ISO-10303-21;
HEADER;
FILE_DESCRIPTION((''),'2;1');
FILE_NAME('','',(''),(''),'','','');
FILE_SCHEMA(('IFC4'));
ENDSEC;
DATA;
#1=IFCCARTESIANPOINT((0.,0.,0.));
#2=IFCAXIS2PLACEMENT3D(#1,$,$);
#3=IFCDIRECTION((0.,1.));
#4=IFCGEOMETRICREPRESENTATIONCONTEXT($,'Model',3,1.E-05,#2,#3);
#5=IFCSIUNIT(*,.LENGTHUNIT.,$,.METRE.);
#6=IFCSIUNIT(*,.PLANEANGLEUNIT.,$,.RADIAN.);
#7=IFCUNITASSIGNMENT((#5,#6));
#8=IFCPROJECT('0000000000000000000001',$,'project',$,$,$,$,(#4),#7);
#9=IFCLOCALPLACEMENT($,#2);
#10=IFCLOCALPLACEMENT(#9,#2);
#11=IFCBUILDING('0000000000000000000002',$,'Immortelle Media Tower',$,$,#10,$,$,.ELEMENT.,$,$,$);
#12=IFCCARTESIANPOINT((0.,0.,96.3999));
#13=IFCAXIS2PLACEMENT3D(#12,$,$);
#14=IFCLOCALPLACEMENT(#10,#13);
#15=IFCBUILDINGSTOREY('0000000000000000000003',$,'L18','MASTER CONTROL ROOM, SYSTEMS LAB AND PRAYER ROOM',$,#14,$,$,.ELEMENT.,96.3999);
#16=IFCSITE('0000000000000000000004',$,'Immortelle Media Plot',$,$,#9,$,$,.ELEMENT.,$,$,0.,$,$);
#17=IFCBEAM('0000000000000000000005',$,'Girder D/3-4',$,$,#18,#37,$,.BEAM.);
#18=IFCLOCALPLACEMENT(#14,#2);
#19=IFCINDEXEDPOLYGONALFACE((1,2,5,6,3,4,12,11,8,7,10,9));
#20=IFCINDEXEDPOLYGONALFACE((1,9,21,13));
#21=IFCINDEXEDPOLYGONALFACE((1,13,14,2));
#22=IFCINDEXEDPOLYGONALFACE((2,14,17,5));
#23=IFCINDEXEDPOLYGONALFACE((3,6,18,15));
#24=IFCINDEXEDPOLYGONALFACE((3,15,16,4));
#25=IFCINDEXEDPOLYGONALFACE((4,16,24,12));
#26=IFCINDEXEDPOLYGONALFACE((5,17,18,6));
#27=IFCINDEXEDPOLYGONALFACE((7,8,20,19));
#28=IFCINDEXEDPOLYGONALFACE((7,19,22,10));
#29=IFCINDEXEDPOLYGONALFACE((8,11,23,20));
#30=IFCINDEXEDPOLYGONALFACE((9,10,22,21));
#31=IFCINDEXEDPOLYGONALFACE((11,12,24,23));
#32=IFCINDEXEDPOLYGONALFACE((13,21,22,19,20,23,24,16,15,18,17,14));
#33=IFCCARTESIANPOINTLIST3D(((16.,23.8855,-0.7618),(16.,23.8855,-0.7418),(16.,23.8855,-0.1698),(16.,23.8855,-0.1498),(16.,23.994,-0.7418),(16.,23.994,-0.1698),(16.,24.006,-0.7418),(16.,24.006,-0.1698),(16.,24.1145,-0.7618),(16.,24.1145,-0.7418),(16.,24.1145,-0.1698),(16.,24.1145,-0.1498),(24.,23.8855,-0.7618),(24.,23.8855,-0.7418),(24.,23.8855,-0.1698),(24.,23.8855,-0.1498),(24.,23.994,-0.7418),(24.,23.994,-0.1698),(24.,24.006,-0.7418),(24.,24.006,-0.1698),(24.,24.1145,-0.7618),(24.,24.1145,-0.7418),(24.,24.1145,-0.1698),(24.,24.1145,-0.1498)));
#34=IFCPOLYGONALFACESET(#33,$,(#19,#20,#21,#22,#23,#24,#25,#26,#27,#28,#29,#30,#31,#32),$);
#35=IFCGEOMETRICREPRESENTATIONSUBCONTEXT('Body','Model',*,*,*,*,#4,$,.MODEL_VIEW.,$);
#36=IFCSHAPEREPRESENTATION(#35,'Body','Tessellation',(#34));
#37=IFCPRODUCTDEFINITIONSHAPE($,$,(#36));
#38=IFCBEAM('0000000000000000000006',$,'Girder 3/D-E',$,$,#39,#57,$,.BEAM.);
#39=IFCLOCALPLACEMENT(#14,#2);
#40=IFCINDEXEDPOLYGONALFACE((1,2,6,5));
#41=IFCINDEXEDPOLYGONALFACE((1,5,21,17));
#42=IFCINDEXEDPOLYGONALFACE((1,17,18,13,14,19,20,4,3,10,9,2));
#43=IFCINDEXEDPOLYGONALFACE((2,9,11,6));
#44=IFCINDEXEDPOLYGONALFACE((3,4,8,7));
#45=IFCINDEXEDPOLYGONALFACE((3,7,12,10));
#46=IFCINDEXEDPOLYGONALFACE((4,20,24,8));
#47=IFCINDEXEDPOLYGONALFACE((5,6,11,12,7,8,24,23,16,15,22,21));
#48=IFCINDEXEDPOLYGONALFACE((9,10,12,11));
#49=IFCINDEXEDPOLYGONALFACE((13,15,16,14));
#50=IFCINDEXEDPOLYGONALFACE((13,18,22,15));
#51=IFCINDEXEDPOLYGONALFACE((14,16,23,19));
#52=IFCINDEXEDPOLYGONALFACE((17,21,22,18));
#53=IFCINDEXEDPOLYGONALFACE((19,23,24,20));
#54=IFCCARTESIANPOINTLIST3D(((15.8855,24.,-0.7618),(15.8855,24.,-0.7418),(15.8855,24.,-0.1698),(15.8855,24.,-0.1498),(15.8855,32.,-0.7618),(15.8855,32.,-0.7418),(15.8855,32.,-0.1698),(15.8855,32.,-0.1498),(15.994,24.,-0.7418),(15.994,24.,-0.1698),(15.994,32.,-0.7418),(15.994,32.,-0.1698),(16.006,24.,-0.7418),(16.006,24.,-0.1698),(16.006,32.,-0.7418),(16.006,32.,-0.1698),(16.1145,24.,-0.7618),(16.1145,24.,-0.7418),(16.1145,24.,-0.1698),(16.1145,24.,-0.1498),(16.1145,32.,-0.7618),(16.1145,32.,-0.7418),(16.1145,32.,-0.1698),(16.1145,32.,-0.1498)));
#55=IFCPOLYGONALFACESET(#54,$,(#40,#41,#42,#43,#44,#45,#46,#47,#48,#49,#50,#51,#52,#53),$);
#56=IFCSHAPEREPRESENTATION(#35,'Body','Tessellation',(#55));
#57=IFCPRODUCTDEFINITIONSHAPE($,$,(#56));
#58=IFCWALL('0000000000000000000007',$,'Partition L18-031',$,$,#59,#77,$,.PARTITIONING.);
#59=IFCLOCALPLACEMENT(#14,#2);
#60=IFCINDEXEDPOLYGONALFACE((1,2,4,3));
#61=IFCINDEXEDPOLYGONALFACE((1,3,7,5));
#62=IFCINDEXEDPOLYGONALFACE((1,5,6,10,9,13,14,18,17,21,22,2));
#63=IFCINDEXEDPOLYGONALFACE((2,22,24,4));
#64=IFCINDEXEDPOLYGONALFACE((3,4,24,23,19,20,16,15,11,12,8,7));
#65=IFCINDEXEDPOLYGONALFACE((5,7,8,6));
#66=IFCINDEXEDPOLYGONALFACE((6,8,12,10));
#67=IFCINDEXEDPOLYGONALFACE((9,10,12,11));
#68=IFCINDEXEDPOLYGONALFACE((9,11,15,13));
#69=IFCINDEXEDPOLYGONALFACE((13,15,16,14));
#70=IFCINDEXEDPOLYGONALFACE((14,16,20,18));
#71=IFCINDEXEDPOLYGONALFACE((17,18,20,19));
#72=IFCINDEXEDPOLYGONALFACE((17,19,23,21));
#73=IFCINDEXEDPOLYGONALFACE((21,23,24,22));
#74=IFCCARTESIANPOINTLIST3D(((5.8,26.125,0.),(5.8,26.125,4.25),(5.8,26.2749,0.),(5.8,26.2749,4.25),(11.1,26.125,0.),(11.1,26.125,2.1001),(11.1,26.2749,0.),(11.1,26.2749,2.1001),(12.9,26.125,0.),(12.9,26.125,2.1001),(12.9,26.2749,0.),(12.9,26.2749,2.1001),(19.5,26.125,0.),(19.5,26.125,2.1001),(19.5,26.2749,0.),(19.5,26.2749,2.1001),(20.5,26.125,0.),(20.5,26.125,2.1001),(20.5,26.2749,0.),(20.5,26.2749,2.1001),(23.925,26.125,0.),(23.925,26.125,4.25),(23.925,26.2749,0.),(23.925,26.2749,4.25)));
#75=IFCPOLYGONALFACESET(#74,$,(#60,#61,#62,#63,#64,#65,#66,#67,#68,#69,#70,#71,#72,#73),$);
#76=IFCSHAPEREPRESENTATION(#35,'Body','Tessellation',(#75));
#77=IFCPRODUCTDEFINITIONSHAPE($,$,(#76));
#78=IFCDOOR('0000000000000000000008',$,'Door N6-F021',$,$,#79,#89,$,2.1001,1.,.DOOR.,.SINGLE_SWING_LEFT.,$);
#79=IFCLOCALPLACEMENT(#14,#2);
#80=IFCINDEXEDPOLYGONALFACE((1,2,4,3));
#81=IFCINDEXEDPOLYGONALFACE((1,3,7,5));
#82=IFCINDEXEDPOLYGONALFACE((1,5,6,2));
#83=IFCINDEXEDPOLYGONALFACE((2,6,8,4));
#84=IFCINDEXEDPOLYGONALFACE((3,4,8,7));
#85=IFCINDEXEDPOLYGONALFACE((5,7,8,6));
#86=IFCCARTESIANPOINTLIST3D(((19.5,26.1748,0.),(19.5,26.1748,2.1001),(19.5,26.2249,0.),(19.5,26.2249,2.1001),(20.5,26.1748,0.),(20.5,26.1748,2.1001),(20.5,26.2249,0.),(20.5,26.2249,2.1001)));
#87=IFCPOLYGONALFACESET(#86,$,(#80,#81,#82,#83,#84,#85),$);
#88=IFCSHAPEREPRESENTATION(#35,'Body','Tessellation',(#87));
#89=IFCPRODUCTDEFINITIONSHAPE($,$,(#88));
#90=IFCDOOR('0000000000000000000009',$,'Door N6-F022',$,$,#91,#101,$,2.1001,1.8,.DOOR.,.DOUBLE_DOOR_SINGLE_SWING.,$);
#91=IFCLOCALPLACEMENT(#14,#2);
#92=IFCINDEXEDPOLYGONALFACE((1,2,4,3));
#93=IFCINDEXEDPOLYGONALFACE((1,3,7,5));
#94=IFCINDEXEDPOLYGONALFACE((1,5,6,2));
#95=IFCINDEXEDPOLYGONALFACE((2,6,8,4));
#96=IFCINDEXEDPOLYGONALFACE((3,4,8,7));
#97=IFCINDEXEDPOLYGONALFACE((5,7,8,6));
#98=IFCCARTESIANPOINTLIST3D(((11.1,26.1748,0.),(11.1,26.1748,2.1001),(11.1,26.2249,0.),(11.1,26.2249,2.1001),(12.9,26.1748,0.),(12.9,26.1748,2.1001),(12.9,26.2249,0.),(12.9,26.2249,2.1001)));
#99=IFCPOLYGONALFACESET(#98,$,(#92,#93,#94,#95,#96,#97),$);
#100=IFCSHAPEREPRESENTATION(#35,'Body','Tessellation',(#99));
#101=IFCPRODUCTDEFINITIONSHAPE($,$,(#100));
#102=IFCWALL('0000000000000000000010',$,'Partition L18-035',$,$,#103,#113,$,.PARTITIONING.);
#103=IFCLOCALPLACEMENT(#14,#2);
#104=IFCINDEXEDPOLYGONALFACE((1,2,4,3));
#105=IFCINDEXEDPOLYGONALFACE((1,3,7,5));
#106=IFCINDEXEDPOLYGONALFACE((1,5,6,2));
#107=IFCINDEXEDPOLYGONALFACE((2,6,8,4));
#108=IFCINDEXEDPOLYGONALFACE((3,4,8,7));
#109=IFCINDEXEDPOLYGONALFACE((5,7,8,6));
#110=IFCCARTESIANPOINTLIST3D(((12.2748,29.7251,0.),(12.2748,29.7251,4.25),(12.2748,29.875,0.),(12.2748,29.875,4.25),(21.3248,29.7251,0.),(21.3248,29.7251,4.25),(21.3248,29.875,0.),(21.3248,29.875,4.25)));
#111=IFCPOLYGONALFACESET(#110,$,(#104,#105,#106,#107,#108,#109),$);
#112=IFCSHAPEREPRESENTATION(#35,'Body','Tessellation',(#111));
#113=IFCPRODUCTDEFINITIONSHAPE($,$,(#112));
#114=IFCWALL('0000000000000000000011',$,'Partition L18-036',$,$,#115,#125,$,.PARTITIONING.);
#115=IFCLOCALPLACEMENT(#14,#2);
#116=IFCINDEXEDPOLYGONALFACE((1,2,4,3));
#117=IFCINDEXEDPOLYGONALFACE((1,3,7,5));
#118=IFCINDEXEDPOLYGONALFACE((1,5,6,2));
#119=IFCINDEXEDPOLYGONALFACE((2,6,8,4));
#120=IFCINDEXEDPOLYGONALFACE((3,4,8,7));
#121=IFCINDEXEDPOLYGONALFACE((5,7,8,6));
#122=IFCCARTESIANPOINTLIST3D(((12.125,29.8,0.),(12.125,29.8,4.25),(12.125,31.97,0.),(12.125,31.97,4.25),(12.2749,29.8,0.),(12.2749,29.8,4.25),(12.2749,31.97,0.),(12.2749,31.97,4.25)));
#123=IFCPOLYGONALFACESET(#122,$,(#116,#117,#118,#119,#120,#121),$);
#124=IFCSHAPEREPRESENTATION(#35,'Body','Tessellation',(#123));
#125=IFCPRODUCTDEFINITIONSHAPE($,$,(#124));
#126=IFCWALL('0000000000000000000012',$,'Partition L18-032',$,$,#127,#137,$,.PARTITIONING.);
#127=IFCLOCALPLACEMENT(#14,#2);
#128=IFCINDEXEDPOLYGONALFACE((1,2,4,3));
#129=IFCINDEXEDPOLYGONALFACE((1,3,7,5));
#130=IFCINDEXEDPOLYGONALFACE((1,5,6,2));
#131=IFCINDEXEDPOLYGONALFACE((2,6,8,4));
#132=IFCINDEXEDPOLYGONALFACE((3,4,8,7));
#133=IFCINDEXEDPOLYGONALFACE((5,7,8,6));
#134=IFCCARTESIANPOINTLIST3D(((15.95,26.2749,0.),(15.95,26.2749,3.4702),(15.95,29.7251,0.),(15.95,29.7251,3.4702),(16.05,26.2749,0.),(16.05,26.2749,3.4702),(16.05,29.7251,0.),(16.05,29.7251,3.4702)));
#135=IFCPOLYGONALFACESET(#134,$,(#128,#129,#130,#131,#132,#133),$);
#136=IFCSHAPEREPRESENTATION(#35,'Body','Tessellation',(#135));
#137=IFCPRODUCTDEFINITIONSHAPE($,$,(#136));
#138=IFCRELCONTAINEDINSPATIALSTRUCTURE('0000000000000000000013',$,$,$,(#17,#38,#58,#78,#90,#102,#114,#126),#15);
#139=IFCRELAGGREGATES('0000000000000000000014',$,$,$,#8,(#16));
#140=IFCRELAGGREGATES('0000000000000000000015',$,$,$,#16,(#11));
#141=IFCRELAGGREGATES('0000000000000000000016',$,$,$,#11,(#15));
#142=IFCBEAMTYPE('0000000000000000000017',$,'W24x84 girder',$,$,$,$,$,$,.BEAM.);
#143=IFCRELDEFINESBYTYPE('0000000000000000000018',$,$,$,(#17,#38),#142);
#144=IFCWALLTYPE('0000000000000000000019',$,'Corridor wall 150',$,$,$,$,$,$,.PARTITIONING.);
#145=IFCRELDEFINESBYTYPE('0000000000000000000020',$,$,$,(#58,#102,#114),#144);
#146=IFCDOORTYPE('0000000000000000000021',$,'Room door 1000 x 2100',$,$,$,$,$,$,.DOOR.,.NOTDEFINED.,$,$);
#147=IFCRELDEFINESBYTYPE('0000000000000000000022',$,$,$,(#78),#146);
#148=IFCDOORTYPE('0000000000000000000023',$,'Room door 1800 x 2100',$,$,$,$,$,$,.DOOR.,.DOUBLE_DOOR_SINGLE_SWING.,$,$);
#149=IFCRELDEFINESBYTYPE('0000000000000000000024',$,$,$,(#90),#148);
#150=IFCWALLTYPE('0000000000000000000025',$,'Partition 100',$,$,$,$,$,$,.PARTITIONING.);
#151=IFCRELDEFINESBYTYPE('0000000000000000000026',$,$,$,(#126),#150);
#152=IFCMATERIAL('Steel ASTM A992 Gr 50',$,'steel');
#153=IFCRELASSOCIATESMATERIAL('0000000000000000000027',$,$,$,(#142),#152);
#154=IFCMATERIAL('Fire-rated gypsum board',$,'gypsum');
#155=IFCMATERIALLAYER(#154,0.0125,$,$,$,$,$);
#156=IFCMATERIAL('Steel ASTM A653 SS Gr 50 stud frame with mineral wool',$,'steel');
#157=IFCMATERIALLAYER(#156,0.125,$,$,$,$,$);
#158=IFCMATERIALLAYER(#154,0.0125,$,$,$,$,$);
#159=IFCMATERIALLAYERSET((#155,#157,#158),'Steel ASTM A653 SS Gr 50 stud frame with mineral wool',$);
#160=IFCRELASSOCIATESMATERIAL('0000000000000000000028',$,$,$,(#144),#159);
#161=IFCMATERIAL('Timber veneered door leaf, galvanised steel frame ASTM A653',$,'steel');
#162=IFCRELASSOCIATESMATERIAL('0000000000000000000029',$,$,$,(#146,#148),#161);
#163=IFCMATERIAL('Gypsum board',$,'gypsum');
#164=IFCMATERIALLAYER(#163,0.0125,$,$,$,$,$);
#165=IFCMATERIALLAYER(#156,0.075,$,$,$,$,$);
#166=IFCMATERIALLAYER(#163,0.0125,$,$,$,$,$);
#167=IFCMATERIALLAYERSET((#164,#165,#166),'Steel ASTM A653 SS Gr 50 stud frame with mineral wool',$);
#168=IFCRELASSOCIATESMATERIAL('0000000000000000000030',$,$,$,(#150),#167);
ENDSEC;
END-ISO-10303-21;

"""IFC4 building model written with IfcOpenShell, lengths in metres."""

from ifc_helpers import new_model, si_unit, direction, frame, frame_2d, origin, origin_2d, place, context, subcontext, project, spatial, rectangle, i_section, extrude, material, layer, layer_set, material_profile, profile_set, type_object, element, fill, save


model = new_model("IFC4")

# Units and contexts
model_context = context("Model", 3, precision=1e-05, world=origin(), true_north=direction((0.0, 1.0)))
body_context = subcontext(model_context, "Body", "Model", "MODEL_VIEW")
ifc_project = project(units=[si_unit("LENGTHUNIT", "METRE"), si_unit("PLANEANGLEUNIT", "RADIAN")], contexts=[model_context])

# Site, building, storey
site_placement = place(None, origin())
site = spatial("IfcSite", under=ifc_project, at=site_placement, Name="Immortelle Media Plot", CompositionType="ELEMENT", RefElevation=0.0)
building_placement = place(site_placement, origin())
building = spatial("IfcBuilding", under=site, at=building_placement, Name="Immortelle Media Tower", CompositionType="ELEMENT")
storey_placement = place(building_placement, frame((0.0, 0.0, 96.3999)))
storey = spatial("IfcBuildingStorey", under=building, at=storey_placement, Name="L18", Description="MASTER CONTROL ROOM, SYSTEMS LAB AND PRAYER ROOM", CompositionType="ELEMENT", Elevation=96.3999)

# Shared definitions
ifc_material_1 = material(Name="Steel ASTM A992 Gr 50", Category="steel")

# Beams
ifc_material_profile_1 = material_profile(ifc_material_1, i_section(OverallWidth=0.229, OverallDepth=0.6121, WebThickness=0.012, FlangeThickness=0.02, at=origin_2d()), Name="W24x84")
ifc_profile_set_1 = profile_set([ifc_material_profile_1], Name="Steel ASTM A992 Gr 50")
beam_type_1 = type_object("IfcBeamType", Name="W24x84 girder", PredefinedType="BEAM", material=ifc_profile_set_1)
for number, where, z_axis, x_axis, name in (
    (1, (16.0, 24.0, -0.4558), (1.0, 0.0, 0.0), (0.0, 1.0, 0.0), "Girder D/3-4"),
    (2, (16.0, 24.0, -0.4558), (0.0, 1.0, 0.0), (-1.0, 0.0, 0.0), "Girder 3/D-E"),
):
    element("IfcBeam", number, at=place(storey_placement, frame(where, z_axis=z_axis, x_axis=x_axis)), inside=storey, type_object=beam_type_1, Name=name, PredefinedType="BEAM", context=body_context, shape_type="SweptSolid", body=[
        extrude(i_section(OverallWidth=0.229, OverallDepth=0.6121, WebThickness=0.012, FlangeThickness=0.02, at=origin_2d()), origin(), (0.0, 0.0, 1.0), 8.0),
    ])

# Wall, openings, doors
ifc_material_2 = material(Name="Fire-rated gypsum board", Category="gypsum")
ifc_layer_1 = layer(ifc_material_2, 0.0125)
ifc_material_3 = material(Name="Steel ASTM A653 SS Gr 50 stud frame with mineral wool", Category="steel")
ifc_layer_2 = layer(ifc_material_3, 0.125)
ifc_layer_3 = layer(ifc_material_2, 0.0125)
ifc_layer_set_1 = layer_set([ifc_layer_1, ifc_layer_2, ifc_layer_3], Name="Steel ASTM A653 SS Gr 50 stud frame with mineral wool")
wall_type_1 = type_object("IfcWallType", Name="Corridor wall 150", PredefinedType="PARTITIONING", material=ifc_layer_set_1)
wall_1_placement = place(storey_placement, frame((5.8, 26.2, 0.0), z_axis=(0.0, 0.0, 1.0), x_axis=(1.0, 0.0, 0.0)))
wall_1 = element("IfcWall", 3, at=wall_1_placement, inside=storey, type_object=wall_type_1, Name="Partition L18-031", PredefinedType="PARTITIONING", context=body_context, shape_type="SweptSolid", body=[
    extrude(rectangle(XDim=18.125, YDim=0.1499, at=frame_2d((9.0625, 0.0))), origin(), (0.0, 0.0, 1.0), 4.25),
])
opening_1_placement = place(wall_1_placement, frame((13.7, 0.0, 0.0)))
opening_1 = element("IfcOpeningElement", 4, at=opening_1_placement, cuts=wall_1, PredefinedType="OPENING", context=body_context, shape_type="SweptSolid", body=[
    extrude(rectangle(XDim=1.0, YDim=2.1001, at=frame_2d((0.5, 1.05))), frame((0.0, 0.085, 0.0), z_axis=(0.0, -1.0, 0.0), x_axis=(1.0, 0.0, 0.0)), (0.0, 0.0, 1.0), 0.1699),
])
opening_2_placement = place(wall_1_placement, frame((5.3, 0.0, 0.0)))
opening_2 = element("IfcOpeningElement", 5, at=opening_2_placement, cuts=wall_1, PredefinedType="OPENING", context=body_context, shape_type="SweptSolid", body=[
    extrude(rectangle(XDim=1.8, YDim=2.1001, at=frame_2d((0.8999, 1.05))), frame((0.0, 0.085, 0.0), z_axis=(0.0, -1.0, 0.0), x_axis=(1.0, 0.0, 0.0)), (0.0, 0.0, 1.0), 0.1699),
])
ifc_material_4 = material(Name="Timber veneered door leaf, galvanised steel frame ASTM A653", Category="steel")
door_type_1 = type_object("IfcDoorType", Name="Room door 1000 x 2100", OperationType="NOTDEFINED", PredefinedType="DOOR", material=ifc_material_4)
door_1_placement = place(opening_1_placement, origin())
door_1 = element("IfcDoor", 6, at=door_1_placement, inside=storey, type_object=door_type_1, Name="Door N6-F021", OperationType="SINGLE_SWING_LEFT", OverallHeight=2.1001, OverallWidth=1.0, PredefinedType="DOOR", context=body_context, shape_type="SweptSolid", body=[
    extrude(rectangle(XDim=1.0, YDim=2.1001, at=frame_2d((0.5, 1.05))), frame((0.0, 0.0249, 0.0), z_axis=(0.0, -1.0, 0.0), x_axis=(1.0, 0.0, 0.0)), (0.0, 0.0, 1.0), 0.05),
])
fill(opening_1, door_1)
door_type_2 = type_object("IfcDoorType", Name="Room door 1800 x 2100", OperationType="DOUBLE_DOOR_SINGLE_SWING", PredefinedType="DOOR", material=ifc_material_4)
door_2_placement = place(opening_2_placement, origin())
door_2 = element("IfcDoor", 7, at=door_2_placement, inside=storey, type_object=door_type_2, Name="Door N6-F022", OperationType="DOUBLE_DOOR_SINGLE_SWING", OverallHeight=2.1001, OverallWidth=1.8, PredefinedType="DOOR", context=body_context, shape_type="SweptSolid", body=[
    extrude(rectangle(XDim=1.8, YDim=2.1001, at=frame_2d((0.8999, 1.05))), frame((0.0, 0.0249, 0.0), z_axis=(0.0, -1.0, 0.0), x_axis=(1.0, 0.0, 0.0)), (0.0, 0.0, 1.0), 0.05),
])
fill(opening_2, door_2)

# Walls
wall_2_placement = place(storey_placement, frame((12.2749, 29.8, 0.0), z_axis=(0.0, 0.0, 1.0), x_axis=(1.0, 0.0, 0.0)))
element("IfcWall", 8, at=wall_2_placement, inside=storey, type_object=wall_type_1, Name="Partition L18-035", PredefinedType="PARTITIONING", context=body_context, shape_type="SweptSolid", body=[
    extrude(rectangle(XDim=9.05, YDim=0.1499, at=frame_2d((4.5249, 0.0))), origin(), (0.0, 0.0, 1.0), 4.25),
])
wall_3_placement = place(storey_placement, frame((12.2, 29.8, 0.0), z_axis=(0.0, 0.0, 1.0), x_axis=(0.0, 1.0, 0.0)))
element("IfcWall", 9, at=wall_3_placement, inside=storey, type_object=wall_type_1, Name="Partition L18-036", PredefinedType="PARTITIONING", context=body_context, shape_type="SweptSolid", body=[
    extrude(rectangle(XDim=2.1699, YDim=0.1499, at=frame_2d((1.085, 0.0))), origin(), (0.0, 0.0, 1.0), 4.25),
])

# Wall
ifc_material_5 = material(Name="Gypsum board", Category="gypsum")
ifc_layer_4 = layer(ifc_material_5, 0.0125)
ifc_layer_5 = layer(ifc_material_3, 0.075)
ifc_layer_6 = layer(ifc_material_5, 0.0125)
ifc_layer_set_2 = layer_set([ifc_layer_4, ifc_layer_5, ifc_layer_6], Name="Steel ASTM A653 SS Gr 50 stud frame with mineral wool")
wall_type_2 = type_object("IfcWallType", Name="Partition 100", PredefinedType="PARTITIONING", material=ifc_layer_set_2)
wall_4_placement = place(storey_placement, frame((16.0, 26.2749, 0.0), z_axis=(0.0, 0.0, 1.0), x_axis=(0.0, 1.0, 0.0)))
element("IfcWall", 10, at=wall_4_placement, inside=storey, type_object=wall_type_2, Name="Partition L18-032", PredefinedType="PARTITIONING", context=body_context, shape_type="SweptSolid", body=[
    extrude(rectangle(XDim=3.4502, YDim=0.1001, at=frame_2d((1.7251, 0.0))), origin(), (0.0, 0.0, 1.0), 3.4702),
])

save(model, "model.ifc")
